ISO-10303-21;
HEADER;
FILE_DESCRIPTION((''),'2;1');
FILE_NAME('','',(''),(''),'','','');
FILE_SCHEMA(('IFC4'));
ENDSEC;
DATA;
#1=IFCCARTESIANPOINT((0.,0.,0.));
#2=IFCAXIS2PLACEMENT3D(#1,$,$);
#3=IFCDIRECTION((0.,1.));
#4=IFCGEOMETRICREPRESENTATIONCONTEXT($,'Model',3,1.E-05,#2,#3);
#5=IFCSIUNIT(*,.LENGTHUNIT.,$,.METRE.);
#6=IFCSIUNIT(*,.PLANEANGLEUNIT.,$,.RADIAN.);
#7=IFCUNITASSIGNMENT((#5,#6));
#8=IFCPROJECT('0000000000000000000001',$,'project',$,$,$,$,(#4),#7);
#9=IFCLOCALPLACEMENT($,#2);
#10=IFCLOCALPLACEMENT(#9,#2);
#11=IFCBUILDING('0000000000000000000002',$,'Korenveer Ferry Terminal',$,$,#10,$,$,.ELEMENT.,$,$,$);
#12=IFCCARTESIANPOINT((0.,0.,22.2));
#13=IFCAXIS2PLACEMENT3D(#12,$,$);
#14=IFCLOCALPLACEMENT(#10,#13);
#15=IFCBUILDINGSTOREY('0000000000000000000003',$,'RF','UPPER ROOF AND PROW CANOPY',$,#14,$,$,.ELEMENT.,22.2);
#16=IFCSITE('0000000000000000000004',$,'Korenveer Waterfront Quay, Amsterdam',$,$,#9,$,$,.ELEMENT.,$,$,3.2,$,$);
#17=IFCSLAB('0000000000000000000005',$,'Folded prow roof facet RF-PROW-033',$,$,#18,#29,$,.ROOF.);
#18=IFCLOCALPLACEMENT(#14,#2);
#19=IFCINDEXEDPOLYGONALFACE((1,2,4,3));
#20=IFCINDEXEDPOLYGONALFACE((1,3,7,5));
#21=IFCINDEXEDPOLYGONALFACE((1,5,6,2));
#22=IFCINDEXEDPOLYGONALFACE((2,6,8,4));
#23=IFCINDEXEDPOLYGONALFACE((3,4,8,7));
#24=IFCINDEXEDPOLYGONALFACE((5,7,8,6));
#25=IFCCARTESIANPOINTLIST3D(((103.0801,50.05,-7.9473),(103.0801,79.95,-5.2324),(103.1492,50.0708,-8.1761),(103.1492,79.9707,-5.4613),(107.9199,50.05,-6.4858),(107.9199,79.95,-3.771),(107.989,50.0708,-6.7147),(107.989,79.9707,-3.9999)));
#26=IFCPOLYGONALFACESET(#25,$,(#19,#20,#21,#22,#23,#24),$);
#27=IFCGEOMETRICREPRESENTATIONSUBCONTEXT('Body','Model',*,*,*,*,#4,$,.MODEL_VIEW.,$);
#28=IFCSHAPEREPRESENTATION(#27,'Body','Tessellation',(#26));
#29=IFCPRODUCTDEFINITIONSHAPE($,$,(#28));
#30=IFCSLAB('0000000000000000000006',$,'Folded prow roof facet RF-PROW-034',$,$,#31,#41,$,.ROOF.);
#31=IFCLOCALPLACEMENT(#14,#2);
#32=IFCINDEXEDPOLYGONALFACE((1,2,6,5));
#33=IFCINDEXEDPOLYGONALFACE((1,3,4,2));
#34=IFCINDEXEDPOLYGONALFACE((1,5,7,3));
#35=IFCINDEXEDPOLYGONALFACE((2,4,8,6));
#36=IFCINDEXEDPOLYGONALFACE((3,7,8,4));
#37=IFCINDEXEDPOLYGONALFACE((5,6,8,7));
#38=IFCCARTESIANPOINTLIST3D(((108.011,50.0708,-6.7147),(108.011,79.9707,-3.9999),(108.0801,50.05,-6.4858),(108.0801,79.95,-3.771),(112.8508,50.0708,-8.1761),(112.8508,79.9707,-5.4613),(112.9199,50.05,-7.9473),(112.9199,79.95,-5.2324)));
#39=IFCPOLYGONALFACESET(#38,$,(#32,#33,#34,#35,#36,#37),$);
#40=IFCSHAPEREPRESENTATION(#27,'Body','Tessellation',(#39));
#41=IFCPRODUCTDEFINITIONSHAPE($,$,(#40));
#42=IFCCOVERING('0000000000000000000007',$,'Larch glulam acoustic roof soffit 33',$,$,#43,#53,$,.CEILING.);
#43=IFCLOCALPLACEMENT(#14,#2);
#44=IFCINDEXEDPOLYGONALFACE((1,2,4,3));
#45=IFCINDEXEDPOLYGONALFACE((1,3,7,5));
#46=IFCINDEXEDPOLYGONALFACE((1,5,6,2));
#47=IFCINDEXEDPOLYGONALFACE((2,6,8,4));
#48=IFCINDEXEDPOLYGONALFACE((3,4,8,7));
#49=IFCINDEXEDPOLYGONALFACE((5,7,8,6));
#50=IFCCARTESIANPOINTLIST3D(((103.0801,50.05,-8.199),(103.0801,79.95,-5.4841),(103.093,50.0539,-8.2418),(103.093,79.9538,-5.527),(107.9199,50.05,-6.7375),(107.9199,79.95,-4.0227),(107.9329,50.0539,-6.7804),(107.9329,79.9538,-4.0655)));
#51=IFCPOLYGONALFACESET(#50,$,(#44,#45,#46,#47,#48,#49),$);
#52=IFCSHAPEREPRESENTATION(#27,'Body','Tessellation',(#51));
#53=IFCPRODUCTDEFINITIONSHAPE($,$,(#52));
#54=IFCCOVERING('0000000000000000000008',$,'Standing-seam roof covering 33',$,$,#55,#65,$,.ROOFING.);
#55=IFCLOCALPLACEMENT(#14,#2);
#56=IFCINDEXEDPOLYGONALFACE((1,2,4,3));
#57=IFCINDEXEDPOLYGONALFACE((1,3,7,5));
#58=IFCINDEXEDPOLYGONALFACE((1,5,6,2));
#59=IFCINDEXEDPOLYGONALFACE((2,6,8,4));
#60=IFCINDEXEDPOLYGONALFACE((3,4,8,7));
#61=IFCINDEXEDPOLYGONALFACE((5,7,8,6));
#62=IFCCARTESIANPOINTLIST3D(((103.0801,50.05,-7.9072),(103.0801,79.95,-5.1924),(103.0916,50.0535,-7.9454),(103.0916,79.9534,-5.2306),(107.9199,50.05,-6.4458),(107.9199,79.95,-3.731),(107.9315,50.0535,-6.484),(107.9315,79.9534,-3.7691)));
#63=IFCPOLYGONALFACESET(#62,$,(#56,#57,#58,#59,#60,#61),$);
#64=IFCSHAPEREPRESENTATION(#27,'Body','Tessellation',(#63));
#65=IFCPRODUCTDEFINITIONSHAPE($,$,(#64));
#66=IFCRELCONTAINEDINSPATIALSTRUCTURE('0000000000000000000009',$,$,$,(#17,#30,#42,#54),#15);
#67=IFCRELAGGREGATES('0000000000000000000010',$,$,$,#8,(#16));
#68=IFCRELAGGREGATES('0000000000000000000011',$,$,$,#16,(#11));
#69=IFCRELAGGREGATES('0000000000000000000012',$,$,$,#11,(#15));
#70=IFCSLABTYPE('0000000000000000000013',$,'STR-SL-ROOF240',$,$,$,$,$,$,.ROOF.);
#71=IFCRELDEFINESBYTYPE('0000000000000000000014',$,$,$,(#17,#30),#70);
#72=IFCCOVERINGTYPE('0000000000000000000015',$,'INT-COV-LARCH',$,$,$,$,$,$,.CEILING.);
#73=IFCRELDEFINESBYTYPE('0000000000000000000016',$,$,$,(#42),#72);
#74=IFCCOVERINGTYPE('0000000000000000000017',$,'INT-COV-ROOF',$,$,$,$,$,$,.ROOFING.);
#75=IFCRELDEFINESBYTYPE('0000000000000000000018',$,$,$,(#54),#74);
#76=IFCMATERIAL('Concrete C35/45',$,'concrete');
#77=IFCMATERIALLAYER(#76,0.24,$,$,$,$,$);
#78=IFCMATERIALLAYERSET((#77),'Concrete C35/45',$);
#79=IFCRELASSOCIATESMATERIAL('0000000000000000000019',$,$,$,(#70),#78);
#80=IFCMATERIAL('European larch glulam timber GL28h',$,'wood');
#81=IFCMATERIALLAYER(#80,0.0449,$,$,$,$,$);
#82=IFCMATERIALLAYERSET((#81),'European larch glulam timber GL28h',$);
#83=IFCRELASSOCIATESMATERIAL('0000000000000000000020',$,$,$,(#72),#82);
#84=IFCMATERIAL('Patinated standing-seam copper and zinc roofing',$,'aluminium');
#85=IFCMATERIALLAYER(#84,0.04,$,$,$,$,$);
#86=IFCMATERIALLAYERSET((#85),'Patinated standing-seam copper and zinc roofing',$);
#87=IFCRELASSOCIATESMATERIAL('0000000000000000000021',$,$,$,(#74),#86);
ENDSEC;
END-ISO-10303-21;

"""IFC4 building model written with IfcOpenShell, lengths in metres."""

from ifc_helpers import new_model, si_unit, direction, frame, origin, place, context, subcontext, project, spatial, polyline, outline, extrude, material, layer, layer_set, type_object, element, save


model = new_model("IFC4")

# Units and contexts
model_context = context("Model", 3, precision=1e-05, world=origin(), true_north=direction((0.0, 1.0)))
body_context = subcontext(model_context, "Body", "Model", "MODEL_VIEW")
ifc_project = project(units=[si_unit("LENGTHUNIT", "METRE"), si_unit("PLANEANGLEUNIT", "RADIAN")], contexts=[model_context])

# Site, building, storey
site_placement = place(None, origin())
site = spatial("IfcSite", under=ifc_project, at=site_placement, Name="Korenveer Waterfront Quay, Amsterdam", CompositionType="ELEMENT", RefElevation=3.2)
building_placement = place(site_placement, origin())
building = spatial("IfcBuilding", under=site, at=building_placement, Name="Korenveer Ferry Terminal", CompositionType="ELEMENT")
storey_placement = place(building_placement, frame((0.0, 0.0, 22.2)))
storey = spatial("IfcBuildingStorey", under=building, at=storey_placement, Name="RF", Description="UPPER ROOF AND PROW CANOPY", CompositionType="ELEMENT", Elevation=22.2)

# Slabs
ifc_material_1 = material(Name="Concrete C35/45", Category="concrete")
ifc_layer_1 = layer(ifc_material_1, 0.24)
ifc_layer_set_1 = layer_set([ifc_layer_1], Name="Concrete C35/45")
slab_type = type_object("IfcSlabType", Name="STR-SL-ROOF240", PredefinedType="ROOF", material=ifc_layer_set_1)
slab_1_placement = place(storey_placement, frame((103.0801, 50.05, -7.9473), z_axis=(-0.287981, -0.086595, 0.953713), x_axis=(0.957309, 0.0, 0.289066)))
element("IfcSlab", 1, at=slab_1_placement, inside=storey, type_object=slab_type, Name="Folded prow roof facet RF-PROW-033", PredefinedType="ROOF", context=body_context, shape_type="SweptSolid", body=[
    extrude(outline(polyline([(0.0, 0.0), (5.0557, 0.0), (5.8404, 30.0126), (0.7848, 30.0126), (0.0, 0.0)])), origin(), (0.0, 0.0, -1.0), 0.24),
])
slab_2_placement = place(storey_placement, frame((108.0801, 50.05, -6.4858), z_axis=(0.287981, -0.086595, 0.953713), x_axis=(0.957309, 0.0, -0.289066)))
element("IfcSlab", 2, at=slab_2_placement, inside=storey, type_object=slab_type, Name="Folded prow roof facet RF-PROW-034", PredefinedType="ROOF", context=body_context, shape_type="SweptSolid", body=[
    extrude(outline(polyline([(0.0, 0.0), (5.0557, 0.0), (4.2709, 30.0126), (-0.7848, 30.0126), (0.0, 0.0)])), origin(), (0.0, 0.0, -1.0), 0.24),
])

# Coverings
ifc_material_2 = material(Name="European larch glulam timber GL28h", Category="wood")
ifc_layer_2 = layer(ifc_material_2, 0.0449)
ifc_layer_set_2 = layer_set([ifc_layer_2], Name="European larch glulam timber GL28h")
covering_type_1 = type_object("IfcCoveringType", Name="INT-COV-LARCH", PredefinedType="CEILING", material=ifc_layer_set_2)
covering_1_placement = place(storey_placement, frame((103.0801, 50.05, -8.199), z_axis=(-0.287981, -0.086595, 0.953713), x_axis=(0.957309, 0.0, 0.289066)))
element("IfcCovering", 3, at=covering_1_placement, inside=storey, type_object=covering_type_1, Name="Larch glulam acoustic roof soffit 33", PredefinedType="CEILING", context=body_context, shape_type="SweptSolid", body=[
    extrude(outline(polyline([(0.0, 0.0), (5.0557, 0.0), (5.8404, 30.0126), (0.7848, 30.0126), (0.0, 0.0)])), origin(), (0.0, 0.0, -1.0), 0.0449),
])
ifc_material_3 = material(Name="Patinated standing-seam copper and zinc roofing", Category="aluminium")
ifc_layer_3 = layer(ifc_material_3, 0.04)
ifc_layer_set_3 = layer_set([ifc_layer_3], Name="Patinated standing-seam copper and zinc roofing")
covering_type_2 = type_object("IfcCoveringType", Name="INT-COV-ROOF", PredefinedType="ROOFING", material=ifc_layer_set_3)
covering_2_placement = place(storey_placement, frame((103.0801, 50.05, -7.9072), z_axis=(-0.287981, -0.086595, 0.953713), x_axis=(0.957309, 0.0, 0.289066)))
element("IfcCovering", 4, at=covering_2_placement, inside=storey, type_object=covering_type_2, Name="Standing-seam roof covering 33", PredefinedType="ROOFING", context=body_context, shape_type="SweptSolid", body=[
    extrude(outline(polyline([(0.0, 0.0), (5.0557, 0.0), (5.8404, 30.0126), (0.7848, 30.0126), (0.0, 0.0)])), origin(), (0.0, 0.0, -1.0), 0.04),
])

save(model, "model.ifc")
